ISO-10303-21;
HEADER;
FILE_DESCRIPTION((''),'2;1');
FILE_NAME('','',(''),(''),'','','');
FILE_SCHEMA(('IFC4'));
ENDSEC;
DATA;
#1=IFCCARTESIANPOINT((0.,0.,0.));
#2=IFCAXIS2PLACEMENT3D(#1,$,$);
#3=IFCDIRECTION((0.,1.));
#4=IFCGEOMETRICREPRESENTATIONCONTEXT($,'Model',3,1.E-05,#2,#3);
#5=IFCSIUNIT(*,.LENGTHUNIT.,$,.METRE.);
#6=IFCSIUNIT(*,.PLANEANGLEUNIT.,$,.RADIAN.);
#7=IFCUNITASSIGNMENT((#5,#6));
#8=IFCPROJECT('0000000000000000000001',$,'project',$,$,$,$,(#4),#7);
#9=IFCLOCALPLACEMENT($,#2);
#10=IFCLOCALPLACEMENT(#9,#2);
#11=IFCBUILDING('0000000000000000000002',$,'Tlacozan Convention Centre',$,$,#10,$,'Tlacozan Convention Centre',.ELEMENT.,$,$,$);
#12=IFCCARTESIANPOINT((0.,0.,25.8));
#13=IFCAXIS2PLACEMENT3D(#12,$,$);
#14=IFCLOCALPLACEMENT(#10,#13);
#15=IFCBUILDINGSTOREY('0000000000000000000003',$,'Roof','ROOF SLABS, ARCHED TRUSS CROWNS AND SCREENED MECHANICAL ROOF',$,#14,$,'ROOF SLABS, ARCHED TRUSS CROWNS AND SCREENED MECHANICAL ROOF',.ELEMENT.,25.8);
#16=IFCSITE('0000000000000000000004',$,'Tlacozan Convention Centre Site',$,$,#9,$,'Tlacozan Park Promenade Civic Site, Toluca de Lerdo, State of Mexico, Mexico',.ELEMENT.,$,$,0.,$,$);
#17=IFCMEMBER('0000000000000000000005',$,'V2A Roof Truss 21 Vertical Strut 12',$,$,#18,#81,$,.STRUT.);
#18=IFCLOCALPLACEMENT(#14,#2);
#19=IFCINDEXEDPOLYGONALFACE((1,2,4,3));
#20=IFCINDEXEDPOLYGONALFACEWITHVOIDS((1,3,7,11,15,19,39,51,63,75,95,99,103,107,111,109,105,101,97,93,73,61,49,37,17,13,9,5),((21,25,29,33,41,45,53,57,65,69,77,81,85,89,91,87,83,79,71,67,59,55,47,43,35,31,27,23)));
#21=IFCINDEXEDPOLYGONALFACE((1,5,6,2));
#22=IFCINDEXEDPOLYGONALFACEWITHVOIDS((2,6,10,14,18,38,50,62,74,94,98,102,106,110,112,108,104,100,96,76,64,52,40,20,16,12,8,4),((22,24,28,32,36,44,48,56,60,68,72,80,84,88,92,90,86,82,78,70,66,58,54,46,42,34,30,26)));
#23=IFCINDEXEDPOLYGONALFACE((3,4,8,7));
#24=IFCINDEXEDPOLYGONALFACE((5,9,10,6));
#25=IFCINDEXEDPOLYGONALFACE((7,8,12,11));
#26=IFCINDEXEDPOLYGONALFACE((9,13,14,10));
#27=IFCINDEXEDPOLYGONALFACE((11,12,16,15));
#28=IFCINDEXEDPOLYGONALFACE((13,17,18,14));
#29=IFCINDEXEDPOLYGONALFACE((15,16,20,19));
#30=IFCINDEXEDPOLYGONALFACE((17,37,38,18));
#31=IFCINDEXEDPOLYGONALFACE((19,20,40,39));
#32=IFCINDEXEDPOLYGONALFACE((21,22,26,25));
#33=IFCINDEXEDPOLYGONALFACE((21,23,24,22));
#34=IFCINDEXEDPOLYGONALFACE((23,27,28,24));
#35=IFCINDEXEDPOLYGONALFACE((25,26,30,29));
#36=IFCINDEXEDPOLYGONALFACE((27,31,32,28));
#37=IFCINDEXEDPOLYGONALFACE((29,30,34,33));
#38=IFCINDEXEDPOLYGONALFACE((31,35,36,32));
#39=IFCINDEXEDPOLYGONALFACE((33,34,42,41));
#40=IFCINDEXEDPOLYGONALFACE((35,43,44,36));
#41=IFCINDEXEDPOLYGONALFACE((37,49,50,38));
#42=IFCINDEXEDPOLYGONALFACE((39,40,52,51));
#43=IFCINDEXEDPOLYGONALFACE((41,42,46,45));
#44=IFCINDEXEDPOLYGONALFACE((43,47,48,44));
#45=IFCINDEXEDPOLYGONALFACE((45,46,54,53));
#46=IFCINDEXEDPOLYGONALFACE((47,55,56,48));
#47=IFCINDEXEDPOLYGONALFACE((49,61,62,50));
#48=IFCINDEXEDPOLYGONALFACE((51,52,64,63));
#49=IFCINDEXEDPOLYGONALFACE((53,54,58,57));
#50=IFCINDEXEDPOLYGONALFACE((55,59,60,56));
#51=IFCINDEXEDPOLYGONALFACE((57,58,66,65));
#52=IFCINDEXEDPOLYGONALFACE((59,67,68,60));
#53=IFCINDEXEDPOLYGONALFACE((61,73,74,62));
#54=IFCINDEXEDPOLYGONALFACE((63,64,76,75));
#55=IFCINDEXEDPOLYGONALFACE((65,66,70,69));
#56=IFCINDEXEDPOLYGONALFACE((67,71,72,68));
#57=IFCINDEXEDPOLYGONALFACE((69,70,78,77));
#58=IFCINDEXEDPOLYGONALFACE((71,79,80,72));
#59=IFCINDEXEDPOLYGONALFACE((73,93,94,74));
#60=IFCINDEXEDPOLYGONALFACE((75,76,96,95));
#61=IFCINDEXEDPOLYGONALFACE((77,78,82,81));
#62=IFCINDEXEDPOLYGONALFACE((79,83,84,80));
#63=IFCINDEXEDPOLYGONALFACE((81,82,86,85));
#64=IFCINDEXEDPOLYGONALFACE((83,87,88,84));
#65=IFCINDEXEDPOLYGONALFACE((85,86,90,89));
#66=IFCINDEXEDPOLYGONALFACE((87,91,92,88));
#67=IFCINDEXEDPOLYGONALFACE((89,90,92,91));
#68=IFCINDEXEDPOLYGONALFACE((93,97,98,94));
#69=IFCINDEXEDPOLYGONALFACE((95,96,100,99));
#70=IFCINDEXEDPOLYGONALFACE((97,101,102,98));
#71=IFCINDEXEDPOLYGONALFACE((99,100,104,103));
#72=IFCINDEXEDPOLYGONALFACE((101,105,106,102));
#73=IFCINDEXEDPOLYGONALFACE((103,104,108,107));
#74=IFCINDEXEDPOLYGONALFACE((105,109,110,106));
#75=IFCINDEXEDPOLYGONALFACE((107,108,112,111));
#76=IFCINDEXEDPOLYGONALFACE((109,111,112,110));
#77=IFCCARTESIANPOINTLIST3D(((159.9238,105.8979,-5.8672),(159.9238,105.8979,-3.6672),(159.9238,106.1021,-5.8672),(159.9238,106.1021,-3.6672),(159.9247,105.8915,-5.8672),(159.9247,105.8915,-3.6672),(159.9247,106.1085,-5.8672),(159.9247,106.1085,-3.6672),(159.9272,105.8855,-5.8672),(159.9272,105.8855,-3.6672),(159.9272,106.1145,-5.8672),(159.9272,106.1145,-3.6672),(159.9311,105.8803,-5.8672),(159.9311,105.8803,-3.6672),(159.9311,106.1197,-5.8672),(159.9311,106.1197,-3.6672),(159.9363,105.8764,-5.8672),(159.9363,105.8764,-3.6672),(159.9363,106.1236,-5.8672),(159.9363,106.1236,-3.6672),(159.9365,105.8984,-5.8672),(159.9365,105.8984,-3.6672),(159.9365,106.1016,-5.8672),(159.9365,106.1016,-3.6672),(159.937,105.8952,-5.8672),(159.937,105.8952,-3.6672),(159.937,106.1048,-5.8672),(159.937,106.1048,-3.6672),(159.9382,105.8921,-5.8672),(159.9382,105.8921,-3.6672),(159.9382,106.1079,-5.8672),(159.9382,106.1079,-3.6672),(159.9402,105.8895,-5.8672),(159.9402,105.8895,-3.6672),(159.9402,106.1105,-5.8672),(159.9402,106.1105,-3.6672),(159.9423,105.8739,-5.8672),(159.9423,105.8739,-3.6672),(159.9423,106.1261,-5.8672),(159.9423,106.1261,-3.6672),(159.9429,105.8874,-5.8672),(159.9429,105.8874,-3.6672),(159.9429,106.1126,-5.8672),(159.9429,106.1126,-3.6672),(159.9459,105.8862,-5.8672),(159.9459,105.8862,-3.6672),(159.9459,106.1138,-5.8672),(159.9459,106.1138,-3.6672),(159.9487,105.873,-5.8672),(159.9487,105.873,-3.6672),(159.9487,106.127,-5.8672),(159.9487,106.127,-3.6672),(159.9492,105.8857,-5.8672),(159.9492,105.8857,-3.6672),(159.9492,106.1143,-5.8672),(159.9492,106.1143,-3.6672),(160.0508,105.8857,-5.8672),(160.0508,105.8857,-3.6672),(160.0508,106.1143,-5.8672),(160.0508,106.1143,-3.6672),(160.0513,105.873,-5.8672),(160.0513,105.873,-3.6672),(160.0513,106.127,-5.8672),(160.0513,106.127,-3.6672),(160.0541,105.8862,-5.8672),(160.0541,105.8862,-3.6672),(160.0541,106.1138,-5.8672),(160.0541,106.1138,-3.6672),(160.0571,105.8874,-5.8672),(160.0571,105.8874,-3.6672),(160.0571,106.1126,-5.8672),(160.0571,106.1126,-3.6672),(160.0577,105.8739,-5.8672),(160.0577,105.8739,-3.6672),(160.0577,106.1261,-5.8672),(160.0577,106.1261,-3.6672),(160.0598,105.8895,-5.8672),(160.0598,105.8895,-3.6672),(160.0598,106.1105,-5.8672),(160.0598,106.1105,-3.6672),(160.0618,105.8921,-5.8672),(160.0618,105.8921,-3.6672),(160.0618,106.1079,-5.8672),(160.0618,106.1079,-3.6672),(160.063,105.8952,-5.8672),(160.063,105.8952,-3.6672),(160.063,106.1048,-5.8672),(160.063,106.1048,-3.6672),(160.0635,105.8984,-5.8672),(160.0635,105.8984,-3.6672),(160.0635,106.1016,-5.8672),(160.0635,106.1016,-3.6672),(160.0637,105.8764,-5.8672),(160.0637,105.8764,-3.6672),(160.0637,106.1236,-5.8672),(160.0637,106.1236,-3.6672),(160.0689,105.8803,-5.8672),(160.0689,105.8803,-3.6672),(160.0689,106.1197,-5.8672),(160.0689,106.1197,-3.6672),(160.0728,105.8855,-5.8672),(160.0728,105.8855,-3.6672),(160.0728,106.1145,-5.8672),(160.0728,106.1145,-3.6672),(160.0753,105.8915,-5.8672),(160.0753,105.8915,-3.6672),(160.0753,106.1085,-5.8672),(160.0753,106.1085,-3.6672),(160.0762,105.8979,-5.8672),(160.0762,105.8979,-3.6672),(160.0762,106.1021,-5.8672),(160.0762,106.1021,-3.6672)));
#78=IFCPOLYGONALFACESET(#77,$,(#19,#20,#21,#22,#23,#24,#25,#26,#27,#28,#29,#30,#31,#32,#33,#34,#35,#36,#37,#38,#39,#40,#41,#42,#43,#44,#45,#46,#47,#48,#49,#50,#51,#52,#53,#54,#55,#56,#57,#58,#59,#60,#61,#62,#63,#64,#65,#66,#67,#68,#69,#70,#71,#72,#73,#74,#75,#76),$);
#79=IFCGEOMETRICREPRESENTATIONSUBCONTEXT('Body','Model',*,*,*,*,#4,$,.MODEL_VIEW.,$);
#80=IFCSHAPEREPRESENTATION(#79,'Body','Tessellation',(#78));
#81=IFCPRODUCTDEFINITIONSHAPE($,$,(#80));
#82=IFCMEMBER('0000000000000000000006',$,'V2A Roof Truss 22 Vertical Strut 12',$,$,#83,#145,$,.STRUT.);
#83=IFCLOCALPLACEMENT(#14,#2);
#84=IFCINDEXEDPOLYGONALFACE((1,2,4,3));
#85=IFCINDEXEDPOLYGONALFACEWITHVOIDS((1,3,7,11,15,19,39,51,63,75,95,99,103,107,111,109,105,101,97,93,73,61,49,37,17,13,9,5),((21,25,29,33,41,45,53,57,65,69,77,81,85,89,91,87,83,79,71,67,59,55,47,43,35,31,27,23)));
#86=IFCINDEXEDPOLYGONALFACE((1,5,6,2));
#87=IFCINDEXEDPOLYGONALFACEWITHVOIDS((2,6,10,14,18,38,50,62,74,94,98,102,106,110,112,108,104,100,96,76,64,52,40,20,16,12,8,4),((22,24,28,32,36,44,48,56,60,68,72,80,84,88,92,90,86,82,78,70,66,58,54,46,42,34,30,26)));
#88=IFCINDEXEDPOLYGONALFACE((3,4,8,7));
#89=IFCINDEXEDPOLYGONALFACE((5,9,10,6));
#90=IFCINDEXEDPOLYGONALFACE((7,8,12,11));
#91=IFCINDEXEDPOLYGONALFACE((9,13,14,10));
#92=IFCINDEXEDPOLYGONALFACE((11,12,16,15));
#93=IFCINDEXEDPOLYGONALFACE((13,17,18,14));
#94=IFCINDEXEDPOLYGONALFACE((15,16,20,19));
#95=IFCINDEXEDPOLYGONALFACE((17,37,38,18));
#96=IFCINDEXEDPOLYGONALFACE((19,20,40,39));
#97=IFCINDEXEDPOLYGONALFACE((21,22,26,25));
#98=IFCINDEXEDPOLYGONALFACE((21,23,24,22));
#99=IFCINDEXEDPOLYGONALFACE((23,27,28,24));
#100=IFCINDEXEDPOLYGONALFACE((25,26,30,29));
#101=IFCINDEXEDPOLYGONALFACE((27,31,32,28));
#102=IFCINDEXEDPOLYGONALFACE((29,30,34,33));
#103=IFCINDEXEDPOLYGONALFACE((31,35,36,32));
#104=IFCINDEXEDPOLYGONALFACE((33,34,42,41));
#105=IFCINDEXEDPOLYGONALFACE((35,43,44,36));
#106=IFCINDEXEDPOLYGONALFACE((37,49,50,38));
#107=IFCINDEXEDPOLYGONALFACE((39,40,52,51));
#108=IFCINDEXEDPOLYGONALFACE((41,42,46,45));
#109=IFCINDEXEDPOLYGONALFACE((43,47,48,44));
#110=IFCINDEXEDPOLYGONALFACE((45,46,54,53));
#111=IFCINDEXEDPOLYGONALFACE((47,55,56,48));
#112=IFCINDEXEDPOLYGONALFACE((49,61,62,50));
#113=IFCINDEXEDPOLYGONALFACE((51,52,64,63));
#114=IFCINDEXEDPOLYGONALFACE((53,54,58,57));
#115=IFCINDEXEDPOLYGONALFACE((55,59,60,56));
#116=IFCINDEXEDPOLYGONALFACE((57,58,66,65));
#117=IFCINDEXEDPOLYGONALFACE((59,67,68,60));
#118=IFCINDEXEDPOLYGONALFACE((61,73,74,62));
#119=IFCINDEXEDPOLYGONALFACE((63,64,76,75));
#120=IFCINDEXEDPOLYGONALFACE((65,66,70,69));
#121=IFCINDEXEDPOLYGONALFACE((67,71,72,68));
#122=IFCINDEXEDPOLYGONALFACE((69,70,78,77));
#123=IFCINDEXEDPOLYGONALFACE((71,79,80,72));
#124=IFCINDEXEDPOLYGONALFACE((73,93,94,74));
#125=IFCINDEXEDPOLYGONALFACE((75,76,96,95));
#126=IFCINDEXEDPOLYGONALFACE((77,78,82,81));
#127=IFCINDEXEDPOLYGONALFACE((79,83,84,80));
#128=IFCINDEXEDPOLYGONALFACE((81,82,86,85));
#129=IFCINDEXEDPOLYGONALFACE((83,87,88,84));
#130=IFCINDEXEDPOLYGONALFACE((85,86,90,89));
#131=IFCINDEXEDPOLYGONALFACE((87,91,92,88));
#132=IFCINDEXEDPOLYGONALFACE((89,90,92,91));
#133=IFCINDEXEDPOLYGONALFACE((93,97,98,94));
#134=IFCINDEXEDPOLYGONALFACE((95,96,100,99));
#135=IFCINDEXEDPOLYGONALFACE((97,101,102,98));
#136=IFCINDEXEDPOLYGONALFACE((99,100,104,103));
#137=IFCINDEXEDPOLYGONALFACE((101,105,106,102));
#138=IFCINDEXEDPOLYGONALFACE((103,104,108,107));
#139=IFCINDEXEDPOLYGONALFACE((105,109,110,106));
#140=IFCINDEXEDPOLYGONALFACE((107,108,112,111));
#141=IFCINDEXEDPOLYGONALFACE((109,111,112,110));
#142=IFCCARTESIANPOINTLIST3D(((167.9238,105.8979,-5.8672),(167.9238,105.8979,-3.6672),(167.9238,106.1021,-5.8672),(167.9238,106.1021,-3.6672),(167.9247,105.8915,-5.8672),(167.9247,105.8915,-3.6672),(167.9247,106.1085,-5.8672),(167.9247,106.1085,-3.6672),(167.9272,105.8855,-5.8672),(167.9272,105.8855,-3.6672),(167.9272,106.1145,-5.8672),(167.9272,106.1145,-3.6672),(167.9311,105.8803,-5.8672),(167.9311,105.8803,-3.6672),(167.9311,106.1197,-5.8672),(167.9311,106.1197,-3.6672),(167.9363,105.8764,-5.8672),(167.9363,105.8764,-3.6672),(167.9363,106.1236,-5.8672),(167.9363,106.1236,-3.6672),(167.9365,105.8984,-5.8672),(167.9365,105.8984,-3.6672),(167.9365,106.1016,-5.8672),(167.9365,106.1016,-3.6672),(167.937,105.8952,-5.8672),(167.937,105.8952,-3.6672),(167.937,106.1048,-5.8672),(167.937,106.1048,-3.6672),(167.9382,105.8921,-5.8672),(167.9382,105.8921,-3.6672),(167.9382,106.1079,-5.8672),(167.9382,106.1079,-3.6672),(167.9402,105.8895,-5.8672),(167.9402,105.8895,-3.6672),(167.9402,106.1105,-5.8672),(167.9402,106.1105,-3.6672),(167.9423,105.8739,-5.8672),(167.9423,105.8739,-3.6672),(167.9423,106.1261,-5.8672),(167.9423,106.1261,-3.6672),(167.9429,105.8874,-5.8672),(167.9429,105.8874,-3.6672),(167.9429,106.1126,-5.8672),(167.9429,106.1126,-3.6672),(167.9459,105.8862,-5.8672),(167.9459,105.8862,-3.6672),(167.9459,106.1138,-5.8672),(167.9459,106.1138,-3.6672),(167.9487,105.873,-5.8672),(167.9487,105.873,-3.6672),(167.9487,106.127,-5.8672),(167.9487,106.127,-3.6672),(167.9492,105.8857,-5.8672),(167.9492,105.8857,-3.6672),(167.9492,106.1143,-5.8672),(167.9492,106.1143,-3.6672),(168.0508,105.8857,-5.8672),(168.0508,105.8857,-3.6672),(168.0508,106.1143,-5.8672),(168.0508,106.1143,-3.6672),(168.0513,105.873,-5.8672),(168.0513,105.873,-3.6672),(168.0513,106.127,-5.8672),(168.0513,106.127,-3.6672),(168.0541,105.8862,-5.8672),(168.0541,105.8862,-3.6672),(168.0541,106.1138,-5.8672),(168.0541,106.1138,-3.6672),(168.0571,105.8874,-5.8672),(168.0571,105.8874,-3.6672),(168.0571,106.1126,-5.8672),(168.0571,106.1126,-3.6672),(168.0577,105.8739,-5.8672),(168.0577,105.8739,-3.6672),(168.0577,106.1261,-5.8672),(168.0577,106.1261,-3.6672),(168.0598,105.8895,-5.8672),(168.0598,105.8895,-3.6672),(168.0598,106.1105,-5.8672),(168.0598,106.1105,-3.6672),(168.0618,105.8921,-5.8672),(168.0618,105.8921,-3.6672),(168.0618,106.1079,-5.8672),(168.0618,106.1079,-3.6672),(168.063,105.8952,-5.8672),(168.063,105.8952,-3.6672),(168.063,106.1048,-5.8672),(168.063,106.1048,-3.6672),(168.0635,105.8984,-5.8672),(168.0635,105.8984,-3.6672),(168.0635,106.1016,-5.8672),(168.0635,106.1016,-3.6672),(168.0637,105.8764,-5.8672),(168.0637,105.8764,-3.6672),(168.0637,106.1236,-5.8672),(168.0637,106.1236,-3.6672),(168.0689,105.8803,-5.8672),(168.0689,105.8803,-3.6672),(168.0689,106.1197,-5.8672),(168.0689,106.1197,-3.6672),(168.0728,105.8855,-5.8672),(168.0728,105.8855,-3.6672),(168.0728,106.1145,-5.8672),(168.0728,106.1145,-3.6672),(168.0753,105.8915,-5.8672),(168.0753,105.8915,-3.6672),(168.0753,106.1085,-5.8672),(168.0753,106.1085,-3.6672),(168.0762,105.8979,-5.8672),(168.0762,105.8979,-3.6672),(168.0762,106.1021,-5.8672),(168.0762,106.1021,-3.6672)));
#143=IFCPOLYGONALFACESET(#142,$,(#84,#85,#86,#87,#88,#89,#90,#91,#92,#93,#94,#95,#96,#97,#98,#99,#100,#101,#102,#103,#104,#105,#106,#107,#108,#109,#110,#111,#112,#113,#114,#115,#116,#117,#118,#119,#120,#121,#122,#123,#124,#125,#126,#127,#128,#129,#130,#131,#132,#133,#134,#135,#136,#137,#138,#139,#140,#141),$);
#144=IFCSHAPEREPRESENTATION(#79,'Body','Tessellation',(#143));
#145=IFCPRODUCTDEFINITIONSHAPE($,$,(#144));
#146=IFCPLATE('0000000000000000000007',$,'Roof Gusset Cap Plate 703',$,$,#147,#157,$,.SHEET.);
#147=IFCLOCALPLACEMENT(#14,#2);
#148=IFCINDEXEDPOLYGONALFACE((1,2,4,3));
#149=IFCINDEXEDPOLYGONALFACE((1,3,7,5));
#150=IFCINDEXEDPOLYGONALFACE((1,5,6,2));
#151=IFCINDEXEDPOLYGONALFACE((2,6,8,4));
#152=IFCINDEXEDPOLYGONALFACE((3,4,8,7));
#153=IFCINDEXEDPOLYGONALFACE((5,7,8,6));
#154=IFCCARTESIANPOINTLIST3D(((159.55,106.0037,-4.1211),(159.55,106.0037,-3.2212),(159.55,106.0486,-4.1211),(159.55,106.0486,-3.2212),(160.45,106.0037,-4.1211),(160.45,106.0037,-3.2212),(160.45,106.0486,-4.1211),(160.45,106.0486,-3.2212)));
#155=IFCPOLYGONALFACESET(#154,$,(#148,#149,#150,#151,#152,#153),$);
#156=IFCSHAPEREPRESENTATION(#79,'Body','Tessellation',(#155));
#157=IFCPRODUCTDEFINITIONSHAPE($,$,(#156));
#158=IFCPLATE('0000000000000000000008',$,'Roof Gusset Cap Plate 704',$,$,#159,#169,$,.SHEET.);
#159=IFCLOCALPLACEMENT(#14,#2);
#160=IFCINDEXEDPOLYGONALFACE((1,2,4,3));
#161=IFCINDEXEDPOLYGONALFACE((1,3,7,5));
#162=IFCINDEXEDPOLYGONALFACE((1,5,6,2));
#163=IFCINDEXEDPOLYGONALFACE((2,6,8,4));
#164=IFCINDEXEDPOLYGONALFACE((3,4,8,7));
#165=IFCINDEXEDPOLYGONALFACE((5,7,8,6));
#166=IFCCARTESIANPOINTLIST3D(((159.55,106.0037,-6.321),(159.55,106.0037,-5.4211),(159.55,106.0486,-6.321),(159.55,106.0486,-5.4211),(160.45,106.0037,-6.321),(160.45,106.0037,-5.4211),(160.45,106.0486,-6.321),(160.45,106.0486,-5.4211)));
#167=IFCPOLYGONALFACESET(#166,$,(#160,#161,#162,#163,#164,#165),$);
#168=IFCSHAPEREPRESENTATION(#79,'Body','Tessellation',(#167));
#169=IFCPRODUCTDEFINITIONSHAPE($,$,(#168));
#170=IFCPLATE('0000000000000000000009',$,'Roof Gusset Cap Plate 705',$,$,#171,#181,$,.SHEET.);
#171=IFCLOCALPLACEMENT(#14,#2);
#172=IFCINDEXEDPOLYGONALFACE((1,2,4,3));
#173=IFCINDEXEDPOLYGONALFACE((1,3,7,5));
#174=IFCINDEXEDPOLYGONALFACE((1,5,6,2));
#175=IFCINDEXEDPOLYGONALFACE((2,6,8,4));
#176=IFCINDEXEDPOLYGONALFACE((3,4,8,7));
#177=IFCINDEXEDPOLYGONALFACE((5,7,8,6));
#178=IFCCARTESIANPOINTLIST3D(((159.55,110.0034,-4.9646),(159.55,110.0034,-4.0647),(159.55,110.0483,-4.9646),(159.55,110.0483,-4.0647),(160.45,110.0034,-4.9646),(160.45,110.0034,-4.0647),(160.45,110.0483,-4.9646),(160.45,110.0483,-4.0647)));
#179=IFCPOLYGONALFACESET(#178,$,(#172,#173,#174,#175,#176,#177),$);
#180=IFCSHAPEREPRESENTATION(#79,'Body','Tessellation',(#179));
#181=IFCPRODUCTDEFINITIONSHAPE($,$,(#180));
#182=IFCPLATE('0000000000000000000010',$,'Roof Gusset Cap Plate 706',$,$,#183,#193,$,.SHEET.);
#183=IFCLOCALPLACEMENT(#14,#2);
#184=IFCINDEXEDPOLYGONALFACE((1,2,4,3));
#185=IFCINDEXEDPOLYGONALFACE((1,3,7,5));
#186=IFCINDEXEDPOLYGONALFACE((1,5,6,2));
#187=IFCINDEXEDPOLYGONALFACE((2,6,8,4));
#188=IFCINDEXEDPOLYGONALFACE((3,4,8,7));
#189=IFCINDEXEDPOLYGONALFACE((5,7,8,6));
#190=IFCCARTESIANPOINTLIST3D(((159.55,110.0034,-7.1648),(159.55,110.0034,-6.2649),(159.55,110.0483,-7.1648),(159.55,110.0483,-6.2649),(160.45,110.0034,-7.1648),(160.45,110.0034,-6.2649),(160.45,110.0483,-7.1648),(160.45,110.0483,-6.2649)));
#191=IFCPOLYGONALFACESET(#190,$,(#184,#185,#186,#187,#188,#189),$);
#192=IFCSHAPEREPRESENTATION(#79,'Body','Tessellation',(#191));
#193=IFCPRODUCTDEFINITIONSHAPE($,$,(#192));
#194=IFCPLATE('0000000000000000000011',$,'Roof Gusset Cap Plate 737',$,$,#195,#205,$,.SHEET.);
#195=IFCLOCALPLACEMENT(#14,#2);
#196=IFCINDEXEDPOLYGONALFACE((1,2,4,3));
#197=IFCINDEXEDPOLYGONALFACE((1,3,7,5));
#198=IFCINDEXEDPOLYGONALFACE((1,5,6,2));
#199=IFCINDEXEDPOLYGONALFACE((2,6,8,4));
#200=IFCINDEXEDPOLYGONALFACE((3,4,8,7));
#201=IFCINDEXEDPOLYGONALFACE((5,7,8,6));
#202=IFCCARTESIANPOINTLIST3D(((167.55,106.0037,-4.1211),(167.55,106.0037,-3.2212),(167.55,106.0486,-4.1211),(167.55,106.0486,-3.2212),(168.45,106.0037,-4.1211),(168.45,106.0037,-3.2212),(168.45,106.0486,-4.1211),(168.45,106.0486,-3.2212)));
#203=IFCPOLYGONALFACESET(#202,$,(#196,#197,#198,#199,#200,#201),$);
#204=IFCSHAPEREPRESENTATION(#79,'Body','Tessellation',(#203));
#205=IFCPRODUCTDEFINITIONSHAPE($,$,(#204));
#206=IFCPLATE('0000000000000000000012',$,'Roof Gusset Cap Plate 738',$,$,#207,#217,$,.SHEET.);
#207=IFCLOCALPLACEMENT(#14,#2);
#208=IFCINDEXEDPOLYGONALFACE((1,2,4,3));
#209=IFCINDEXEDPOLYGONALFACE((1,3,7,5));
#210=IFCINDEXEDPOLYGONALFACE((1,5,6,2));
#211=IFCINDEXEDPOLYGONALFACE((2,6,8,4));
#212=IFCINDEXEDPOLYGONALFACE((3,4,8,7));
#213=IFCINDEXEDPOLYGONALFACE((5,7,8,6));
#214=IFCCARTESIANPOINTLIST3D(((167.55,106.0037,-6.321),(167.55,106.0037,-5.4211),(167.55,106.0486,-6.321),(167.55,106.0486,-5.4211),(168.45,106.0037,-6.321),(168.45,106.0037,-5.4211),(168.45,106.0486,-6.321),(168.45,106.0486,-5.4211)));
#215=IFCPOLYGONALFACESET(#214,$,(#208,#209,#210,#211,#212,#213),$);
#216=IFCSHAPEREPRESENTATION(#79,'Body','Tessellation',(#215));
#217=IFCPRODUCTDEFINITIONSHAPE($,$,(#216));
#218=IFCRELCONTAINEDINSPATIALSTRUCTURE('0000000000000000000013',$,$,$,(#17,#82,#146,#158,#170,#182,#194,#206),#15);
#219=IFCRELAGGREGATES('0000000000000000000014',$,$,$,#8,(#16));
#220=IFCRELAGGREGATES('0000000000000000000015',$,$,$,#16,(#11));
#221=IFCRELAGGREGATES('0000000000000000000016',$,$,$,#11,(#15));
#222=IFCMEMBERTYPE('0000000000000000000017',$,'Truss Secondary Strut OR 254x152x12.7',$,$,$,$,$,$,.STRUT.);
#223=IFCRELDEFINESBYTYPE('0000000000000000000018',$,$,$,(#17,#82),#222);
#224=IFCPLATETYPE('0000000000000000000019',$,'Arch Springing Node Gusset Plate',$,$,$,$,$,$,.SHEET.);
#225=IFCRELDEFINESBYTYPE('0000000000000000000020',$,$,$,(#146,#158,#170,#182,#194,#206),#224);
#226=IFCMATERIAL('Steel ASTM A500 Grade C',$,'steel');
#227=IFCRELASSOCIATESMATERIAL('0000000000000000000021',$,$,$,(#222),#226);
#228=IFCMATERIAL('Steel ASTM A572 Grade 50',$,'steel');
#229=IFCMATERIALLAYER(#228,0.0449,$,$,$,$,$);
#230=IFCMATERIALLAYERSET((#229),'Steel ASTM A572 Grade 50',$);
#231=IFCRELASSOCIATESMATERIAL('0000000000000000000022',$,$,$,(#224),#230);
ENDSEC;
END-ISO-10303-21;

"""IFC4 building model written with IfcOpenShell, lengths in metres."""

from ifc_helpers import new_model, si_unit, direction, frame, origin, origin_2d, place, context, subcontext, project, spatial, rectangle, hollow_rectangle, extrude, material, layer, layer_set, material_profile, profile_set, type_object, element, save


model = new_model("IFC4")

# Units and contexts
model_context = context("Model", 3, precision=1e-05, world=origin(), true_north=direction((0.0, 1.0)))
body_context = subcontext(model_context, "Body", "Model", "MODEL_VIEW")
ifc_project = project(units=[si_unit("LENGTHUNIT", "METRE"), si_unit("PLANEANGLEUNIT", "RADIAN")], contexts=[model_context])

# Site, building, storey
site_placement = place(None, origin())
site = spatial("IfcSite", under=ifc_project, at=site_placement, Name="Tlacozan Convention Centre Site", LongName="Tlacozan Park Promenade Civic Site, Toluca de Lerdo, State of Mexico, Mexico", CompositionType="ELEMENT", RefElevation=0.0)
building_placement = place(site_placement, origin())
building = spatial("IfcBuilding", under=site, at=building_placement, Name="Tlacozan Convention Centre", LongName="Tlacozan Convention Centre", CompositionType="ELEMENT")
storey_placement = place(building_placement, frame((0.0, 0.0, 25.8)))
storey = spatial("IfcBuildingStorey", under=building, at=storey_placement, Name="Roof", Description="ROOF SLABS, ARCHED TRUSS CROWNS AND SCREENED MECHANICAL ROOF", LongName="ROOF SLABS, ARCHED TRUSS CROWNS AND SCREENED MECHANICAL ROOF", CompositionType="ELEMENT", Elevation=25.8)

# Members
ifc_material_1 = material(Name="Steel ASTM A500 Grade C", Category="steel")
ifc_material_profile_1 = material_profile(ifc_material_1, hollow_rectangle(XDim=0.1523, YDim=0.2539, WallThickness=0.0127, InnerFilletRadius=0.0127, OuterFilletRadius=0.0249, at=origin_2d()), Name="OR 254x152x12.7")
ifc_profile_set_1 = profile_set([ifc_material_profile_1], Name="Steel ASTM A500 Grade C")
member_type_1 = type_object("IfcMemberType", Name="Truss Secondary Strut OR 254x152x12.7", PredefinedType="STRUT", material=ifc_profile_set_1)
for number, where, z_axis, x_axis, name in (
    (1, (160.0, 106.0, -5.8672), (0.0, 0.0, 1.0), (1.0, 0.0, 0.0), "V2A Roof Truss 21 Vertical Strut 12"),
    (2, (168.0, 106.0, -5.8672), (0.0, 0.0, 1.0), (1.0, 0.0, 0.0), "V2A Roof Truss 22 Vertical Strut 12"),
):
    element("IfcMember", number, at=place(storey_placement, frame(where, z_axis=z_axis, x_axis=x_axis)), inside=storey, type_object=member_type_1, Name=name, PredefinedType="STRUT", context=body_context, shape_type="SweptSolid", body=[
        extrude(hollow_rectangle(XDim=0.1523, YDim=0.2539, WallThickness=0.0127, InnerFilletRadius=0.0127, OuterFilletRadius=0.0249, at=origin_2d()), origin(), (0.0, 0.0, 1.0), 2.2),
    ])

# Plates
ifc_material_2 = material(Name="Steel ASTM A572 Grade 50", Category="steel")
ifc_layer = layer(ifc_material_2, 0.0449)
ifc_layer_set = layer_set([ifc_layer], Name="Steel ASTM A572 Grade 50")
plate_type = type_object("IfcPlateType", Name="Arch Springing Node Gusset Plate", PredefinedType="SHEET", material=ifc_layer_set)
for number, where, z_axis, x_axis, name in (
    (3, (160.0, 106.0261, -4.1211), (0.0, 0.0, 1.0), (0.0, 1.0, 0.0), "Roof Gusset Cap Plate 703"),
    (4, (160.0, 106.0261, -6.321), (0.0, 0.0, 1.0), (0.0, 1.0, 0.0), "Roof Gusset Cap Plate 704"),
    (5, (160.0, 110.0259, -4.9646), (0.0, 0.0, 1.0), (0.0, 1.0, 0.0), "Roof Gusset Cap Plate 705"),
    (6, (160.0, 110.0259, -7.1648), (0.0, 0.0, 1.0), (0.0, 1.0, 0.0), "Roof Gusset Cap Plate 706"),
    (7, (168.0, 106.0261, -4.1211), (0.0, 0.0, 1.0), (0.0, 1.0, 0.0), "Roof Gusset Cap Plate 737"),
    (8, (168.0, 106.0261, -6.321), (0.0, 0.0, 1.0), (0.0, 1.0, 0.0), "Roof Gusset Cap Plate 738"),
):
    element("IfcPlate", number, at=place(storey_placement, frame(where, z_axis=z_axis, x_axis=x_axis)), inside=storey, type_object=plate_type, Name=name, PredefinedType="SHEET", context=body_context, shape_type="SweptSolid", body=[
        extrude(rectangle(XDim=0.0449, YDim=0.8999, at=origin_2d()), origin(), (0.0, 0.0, 1.0), 0.8999),
    ])

save(model, "model.ifc")
